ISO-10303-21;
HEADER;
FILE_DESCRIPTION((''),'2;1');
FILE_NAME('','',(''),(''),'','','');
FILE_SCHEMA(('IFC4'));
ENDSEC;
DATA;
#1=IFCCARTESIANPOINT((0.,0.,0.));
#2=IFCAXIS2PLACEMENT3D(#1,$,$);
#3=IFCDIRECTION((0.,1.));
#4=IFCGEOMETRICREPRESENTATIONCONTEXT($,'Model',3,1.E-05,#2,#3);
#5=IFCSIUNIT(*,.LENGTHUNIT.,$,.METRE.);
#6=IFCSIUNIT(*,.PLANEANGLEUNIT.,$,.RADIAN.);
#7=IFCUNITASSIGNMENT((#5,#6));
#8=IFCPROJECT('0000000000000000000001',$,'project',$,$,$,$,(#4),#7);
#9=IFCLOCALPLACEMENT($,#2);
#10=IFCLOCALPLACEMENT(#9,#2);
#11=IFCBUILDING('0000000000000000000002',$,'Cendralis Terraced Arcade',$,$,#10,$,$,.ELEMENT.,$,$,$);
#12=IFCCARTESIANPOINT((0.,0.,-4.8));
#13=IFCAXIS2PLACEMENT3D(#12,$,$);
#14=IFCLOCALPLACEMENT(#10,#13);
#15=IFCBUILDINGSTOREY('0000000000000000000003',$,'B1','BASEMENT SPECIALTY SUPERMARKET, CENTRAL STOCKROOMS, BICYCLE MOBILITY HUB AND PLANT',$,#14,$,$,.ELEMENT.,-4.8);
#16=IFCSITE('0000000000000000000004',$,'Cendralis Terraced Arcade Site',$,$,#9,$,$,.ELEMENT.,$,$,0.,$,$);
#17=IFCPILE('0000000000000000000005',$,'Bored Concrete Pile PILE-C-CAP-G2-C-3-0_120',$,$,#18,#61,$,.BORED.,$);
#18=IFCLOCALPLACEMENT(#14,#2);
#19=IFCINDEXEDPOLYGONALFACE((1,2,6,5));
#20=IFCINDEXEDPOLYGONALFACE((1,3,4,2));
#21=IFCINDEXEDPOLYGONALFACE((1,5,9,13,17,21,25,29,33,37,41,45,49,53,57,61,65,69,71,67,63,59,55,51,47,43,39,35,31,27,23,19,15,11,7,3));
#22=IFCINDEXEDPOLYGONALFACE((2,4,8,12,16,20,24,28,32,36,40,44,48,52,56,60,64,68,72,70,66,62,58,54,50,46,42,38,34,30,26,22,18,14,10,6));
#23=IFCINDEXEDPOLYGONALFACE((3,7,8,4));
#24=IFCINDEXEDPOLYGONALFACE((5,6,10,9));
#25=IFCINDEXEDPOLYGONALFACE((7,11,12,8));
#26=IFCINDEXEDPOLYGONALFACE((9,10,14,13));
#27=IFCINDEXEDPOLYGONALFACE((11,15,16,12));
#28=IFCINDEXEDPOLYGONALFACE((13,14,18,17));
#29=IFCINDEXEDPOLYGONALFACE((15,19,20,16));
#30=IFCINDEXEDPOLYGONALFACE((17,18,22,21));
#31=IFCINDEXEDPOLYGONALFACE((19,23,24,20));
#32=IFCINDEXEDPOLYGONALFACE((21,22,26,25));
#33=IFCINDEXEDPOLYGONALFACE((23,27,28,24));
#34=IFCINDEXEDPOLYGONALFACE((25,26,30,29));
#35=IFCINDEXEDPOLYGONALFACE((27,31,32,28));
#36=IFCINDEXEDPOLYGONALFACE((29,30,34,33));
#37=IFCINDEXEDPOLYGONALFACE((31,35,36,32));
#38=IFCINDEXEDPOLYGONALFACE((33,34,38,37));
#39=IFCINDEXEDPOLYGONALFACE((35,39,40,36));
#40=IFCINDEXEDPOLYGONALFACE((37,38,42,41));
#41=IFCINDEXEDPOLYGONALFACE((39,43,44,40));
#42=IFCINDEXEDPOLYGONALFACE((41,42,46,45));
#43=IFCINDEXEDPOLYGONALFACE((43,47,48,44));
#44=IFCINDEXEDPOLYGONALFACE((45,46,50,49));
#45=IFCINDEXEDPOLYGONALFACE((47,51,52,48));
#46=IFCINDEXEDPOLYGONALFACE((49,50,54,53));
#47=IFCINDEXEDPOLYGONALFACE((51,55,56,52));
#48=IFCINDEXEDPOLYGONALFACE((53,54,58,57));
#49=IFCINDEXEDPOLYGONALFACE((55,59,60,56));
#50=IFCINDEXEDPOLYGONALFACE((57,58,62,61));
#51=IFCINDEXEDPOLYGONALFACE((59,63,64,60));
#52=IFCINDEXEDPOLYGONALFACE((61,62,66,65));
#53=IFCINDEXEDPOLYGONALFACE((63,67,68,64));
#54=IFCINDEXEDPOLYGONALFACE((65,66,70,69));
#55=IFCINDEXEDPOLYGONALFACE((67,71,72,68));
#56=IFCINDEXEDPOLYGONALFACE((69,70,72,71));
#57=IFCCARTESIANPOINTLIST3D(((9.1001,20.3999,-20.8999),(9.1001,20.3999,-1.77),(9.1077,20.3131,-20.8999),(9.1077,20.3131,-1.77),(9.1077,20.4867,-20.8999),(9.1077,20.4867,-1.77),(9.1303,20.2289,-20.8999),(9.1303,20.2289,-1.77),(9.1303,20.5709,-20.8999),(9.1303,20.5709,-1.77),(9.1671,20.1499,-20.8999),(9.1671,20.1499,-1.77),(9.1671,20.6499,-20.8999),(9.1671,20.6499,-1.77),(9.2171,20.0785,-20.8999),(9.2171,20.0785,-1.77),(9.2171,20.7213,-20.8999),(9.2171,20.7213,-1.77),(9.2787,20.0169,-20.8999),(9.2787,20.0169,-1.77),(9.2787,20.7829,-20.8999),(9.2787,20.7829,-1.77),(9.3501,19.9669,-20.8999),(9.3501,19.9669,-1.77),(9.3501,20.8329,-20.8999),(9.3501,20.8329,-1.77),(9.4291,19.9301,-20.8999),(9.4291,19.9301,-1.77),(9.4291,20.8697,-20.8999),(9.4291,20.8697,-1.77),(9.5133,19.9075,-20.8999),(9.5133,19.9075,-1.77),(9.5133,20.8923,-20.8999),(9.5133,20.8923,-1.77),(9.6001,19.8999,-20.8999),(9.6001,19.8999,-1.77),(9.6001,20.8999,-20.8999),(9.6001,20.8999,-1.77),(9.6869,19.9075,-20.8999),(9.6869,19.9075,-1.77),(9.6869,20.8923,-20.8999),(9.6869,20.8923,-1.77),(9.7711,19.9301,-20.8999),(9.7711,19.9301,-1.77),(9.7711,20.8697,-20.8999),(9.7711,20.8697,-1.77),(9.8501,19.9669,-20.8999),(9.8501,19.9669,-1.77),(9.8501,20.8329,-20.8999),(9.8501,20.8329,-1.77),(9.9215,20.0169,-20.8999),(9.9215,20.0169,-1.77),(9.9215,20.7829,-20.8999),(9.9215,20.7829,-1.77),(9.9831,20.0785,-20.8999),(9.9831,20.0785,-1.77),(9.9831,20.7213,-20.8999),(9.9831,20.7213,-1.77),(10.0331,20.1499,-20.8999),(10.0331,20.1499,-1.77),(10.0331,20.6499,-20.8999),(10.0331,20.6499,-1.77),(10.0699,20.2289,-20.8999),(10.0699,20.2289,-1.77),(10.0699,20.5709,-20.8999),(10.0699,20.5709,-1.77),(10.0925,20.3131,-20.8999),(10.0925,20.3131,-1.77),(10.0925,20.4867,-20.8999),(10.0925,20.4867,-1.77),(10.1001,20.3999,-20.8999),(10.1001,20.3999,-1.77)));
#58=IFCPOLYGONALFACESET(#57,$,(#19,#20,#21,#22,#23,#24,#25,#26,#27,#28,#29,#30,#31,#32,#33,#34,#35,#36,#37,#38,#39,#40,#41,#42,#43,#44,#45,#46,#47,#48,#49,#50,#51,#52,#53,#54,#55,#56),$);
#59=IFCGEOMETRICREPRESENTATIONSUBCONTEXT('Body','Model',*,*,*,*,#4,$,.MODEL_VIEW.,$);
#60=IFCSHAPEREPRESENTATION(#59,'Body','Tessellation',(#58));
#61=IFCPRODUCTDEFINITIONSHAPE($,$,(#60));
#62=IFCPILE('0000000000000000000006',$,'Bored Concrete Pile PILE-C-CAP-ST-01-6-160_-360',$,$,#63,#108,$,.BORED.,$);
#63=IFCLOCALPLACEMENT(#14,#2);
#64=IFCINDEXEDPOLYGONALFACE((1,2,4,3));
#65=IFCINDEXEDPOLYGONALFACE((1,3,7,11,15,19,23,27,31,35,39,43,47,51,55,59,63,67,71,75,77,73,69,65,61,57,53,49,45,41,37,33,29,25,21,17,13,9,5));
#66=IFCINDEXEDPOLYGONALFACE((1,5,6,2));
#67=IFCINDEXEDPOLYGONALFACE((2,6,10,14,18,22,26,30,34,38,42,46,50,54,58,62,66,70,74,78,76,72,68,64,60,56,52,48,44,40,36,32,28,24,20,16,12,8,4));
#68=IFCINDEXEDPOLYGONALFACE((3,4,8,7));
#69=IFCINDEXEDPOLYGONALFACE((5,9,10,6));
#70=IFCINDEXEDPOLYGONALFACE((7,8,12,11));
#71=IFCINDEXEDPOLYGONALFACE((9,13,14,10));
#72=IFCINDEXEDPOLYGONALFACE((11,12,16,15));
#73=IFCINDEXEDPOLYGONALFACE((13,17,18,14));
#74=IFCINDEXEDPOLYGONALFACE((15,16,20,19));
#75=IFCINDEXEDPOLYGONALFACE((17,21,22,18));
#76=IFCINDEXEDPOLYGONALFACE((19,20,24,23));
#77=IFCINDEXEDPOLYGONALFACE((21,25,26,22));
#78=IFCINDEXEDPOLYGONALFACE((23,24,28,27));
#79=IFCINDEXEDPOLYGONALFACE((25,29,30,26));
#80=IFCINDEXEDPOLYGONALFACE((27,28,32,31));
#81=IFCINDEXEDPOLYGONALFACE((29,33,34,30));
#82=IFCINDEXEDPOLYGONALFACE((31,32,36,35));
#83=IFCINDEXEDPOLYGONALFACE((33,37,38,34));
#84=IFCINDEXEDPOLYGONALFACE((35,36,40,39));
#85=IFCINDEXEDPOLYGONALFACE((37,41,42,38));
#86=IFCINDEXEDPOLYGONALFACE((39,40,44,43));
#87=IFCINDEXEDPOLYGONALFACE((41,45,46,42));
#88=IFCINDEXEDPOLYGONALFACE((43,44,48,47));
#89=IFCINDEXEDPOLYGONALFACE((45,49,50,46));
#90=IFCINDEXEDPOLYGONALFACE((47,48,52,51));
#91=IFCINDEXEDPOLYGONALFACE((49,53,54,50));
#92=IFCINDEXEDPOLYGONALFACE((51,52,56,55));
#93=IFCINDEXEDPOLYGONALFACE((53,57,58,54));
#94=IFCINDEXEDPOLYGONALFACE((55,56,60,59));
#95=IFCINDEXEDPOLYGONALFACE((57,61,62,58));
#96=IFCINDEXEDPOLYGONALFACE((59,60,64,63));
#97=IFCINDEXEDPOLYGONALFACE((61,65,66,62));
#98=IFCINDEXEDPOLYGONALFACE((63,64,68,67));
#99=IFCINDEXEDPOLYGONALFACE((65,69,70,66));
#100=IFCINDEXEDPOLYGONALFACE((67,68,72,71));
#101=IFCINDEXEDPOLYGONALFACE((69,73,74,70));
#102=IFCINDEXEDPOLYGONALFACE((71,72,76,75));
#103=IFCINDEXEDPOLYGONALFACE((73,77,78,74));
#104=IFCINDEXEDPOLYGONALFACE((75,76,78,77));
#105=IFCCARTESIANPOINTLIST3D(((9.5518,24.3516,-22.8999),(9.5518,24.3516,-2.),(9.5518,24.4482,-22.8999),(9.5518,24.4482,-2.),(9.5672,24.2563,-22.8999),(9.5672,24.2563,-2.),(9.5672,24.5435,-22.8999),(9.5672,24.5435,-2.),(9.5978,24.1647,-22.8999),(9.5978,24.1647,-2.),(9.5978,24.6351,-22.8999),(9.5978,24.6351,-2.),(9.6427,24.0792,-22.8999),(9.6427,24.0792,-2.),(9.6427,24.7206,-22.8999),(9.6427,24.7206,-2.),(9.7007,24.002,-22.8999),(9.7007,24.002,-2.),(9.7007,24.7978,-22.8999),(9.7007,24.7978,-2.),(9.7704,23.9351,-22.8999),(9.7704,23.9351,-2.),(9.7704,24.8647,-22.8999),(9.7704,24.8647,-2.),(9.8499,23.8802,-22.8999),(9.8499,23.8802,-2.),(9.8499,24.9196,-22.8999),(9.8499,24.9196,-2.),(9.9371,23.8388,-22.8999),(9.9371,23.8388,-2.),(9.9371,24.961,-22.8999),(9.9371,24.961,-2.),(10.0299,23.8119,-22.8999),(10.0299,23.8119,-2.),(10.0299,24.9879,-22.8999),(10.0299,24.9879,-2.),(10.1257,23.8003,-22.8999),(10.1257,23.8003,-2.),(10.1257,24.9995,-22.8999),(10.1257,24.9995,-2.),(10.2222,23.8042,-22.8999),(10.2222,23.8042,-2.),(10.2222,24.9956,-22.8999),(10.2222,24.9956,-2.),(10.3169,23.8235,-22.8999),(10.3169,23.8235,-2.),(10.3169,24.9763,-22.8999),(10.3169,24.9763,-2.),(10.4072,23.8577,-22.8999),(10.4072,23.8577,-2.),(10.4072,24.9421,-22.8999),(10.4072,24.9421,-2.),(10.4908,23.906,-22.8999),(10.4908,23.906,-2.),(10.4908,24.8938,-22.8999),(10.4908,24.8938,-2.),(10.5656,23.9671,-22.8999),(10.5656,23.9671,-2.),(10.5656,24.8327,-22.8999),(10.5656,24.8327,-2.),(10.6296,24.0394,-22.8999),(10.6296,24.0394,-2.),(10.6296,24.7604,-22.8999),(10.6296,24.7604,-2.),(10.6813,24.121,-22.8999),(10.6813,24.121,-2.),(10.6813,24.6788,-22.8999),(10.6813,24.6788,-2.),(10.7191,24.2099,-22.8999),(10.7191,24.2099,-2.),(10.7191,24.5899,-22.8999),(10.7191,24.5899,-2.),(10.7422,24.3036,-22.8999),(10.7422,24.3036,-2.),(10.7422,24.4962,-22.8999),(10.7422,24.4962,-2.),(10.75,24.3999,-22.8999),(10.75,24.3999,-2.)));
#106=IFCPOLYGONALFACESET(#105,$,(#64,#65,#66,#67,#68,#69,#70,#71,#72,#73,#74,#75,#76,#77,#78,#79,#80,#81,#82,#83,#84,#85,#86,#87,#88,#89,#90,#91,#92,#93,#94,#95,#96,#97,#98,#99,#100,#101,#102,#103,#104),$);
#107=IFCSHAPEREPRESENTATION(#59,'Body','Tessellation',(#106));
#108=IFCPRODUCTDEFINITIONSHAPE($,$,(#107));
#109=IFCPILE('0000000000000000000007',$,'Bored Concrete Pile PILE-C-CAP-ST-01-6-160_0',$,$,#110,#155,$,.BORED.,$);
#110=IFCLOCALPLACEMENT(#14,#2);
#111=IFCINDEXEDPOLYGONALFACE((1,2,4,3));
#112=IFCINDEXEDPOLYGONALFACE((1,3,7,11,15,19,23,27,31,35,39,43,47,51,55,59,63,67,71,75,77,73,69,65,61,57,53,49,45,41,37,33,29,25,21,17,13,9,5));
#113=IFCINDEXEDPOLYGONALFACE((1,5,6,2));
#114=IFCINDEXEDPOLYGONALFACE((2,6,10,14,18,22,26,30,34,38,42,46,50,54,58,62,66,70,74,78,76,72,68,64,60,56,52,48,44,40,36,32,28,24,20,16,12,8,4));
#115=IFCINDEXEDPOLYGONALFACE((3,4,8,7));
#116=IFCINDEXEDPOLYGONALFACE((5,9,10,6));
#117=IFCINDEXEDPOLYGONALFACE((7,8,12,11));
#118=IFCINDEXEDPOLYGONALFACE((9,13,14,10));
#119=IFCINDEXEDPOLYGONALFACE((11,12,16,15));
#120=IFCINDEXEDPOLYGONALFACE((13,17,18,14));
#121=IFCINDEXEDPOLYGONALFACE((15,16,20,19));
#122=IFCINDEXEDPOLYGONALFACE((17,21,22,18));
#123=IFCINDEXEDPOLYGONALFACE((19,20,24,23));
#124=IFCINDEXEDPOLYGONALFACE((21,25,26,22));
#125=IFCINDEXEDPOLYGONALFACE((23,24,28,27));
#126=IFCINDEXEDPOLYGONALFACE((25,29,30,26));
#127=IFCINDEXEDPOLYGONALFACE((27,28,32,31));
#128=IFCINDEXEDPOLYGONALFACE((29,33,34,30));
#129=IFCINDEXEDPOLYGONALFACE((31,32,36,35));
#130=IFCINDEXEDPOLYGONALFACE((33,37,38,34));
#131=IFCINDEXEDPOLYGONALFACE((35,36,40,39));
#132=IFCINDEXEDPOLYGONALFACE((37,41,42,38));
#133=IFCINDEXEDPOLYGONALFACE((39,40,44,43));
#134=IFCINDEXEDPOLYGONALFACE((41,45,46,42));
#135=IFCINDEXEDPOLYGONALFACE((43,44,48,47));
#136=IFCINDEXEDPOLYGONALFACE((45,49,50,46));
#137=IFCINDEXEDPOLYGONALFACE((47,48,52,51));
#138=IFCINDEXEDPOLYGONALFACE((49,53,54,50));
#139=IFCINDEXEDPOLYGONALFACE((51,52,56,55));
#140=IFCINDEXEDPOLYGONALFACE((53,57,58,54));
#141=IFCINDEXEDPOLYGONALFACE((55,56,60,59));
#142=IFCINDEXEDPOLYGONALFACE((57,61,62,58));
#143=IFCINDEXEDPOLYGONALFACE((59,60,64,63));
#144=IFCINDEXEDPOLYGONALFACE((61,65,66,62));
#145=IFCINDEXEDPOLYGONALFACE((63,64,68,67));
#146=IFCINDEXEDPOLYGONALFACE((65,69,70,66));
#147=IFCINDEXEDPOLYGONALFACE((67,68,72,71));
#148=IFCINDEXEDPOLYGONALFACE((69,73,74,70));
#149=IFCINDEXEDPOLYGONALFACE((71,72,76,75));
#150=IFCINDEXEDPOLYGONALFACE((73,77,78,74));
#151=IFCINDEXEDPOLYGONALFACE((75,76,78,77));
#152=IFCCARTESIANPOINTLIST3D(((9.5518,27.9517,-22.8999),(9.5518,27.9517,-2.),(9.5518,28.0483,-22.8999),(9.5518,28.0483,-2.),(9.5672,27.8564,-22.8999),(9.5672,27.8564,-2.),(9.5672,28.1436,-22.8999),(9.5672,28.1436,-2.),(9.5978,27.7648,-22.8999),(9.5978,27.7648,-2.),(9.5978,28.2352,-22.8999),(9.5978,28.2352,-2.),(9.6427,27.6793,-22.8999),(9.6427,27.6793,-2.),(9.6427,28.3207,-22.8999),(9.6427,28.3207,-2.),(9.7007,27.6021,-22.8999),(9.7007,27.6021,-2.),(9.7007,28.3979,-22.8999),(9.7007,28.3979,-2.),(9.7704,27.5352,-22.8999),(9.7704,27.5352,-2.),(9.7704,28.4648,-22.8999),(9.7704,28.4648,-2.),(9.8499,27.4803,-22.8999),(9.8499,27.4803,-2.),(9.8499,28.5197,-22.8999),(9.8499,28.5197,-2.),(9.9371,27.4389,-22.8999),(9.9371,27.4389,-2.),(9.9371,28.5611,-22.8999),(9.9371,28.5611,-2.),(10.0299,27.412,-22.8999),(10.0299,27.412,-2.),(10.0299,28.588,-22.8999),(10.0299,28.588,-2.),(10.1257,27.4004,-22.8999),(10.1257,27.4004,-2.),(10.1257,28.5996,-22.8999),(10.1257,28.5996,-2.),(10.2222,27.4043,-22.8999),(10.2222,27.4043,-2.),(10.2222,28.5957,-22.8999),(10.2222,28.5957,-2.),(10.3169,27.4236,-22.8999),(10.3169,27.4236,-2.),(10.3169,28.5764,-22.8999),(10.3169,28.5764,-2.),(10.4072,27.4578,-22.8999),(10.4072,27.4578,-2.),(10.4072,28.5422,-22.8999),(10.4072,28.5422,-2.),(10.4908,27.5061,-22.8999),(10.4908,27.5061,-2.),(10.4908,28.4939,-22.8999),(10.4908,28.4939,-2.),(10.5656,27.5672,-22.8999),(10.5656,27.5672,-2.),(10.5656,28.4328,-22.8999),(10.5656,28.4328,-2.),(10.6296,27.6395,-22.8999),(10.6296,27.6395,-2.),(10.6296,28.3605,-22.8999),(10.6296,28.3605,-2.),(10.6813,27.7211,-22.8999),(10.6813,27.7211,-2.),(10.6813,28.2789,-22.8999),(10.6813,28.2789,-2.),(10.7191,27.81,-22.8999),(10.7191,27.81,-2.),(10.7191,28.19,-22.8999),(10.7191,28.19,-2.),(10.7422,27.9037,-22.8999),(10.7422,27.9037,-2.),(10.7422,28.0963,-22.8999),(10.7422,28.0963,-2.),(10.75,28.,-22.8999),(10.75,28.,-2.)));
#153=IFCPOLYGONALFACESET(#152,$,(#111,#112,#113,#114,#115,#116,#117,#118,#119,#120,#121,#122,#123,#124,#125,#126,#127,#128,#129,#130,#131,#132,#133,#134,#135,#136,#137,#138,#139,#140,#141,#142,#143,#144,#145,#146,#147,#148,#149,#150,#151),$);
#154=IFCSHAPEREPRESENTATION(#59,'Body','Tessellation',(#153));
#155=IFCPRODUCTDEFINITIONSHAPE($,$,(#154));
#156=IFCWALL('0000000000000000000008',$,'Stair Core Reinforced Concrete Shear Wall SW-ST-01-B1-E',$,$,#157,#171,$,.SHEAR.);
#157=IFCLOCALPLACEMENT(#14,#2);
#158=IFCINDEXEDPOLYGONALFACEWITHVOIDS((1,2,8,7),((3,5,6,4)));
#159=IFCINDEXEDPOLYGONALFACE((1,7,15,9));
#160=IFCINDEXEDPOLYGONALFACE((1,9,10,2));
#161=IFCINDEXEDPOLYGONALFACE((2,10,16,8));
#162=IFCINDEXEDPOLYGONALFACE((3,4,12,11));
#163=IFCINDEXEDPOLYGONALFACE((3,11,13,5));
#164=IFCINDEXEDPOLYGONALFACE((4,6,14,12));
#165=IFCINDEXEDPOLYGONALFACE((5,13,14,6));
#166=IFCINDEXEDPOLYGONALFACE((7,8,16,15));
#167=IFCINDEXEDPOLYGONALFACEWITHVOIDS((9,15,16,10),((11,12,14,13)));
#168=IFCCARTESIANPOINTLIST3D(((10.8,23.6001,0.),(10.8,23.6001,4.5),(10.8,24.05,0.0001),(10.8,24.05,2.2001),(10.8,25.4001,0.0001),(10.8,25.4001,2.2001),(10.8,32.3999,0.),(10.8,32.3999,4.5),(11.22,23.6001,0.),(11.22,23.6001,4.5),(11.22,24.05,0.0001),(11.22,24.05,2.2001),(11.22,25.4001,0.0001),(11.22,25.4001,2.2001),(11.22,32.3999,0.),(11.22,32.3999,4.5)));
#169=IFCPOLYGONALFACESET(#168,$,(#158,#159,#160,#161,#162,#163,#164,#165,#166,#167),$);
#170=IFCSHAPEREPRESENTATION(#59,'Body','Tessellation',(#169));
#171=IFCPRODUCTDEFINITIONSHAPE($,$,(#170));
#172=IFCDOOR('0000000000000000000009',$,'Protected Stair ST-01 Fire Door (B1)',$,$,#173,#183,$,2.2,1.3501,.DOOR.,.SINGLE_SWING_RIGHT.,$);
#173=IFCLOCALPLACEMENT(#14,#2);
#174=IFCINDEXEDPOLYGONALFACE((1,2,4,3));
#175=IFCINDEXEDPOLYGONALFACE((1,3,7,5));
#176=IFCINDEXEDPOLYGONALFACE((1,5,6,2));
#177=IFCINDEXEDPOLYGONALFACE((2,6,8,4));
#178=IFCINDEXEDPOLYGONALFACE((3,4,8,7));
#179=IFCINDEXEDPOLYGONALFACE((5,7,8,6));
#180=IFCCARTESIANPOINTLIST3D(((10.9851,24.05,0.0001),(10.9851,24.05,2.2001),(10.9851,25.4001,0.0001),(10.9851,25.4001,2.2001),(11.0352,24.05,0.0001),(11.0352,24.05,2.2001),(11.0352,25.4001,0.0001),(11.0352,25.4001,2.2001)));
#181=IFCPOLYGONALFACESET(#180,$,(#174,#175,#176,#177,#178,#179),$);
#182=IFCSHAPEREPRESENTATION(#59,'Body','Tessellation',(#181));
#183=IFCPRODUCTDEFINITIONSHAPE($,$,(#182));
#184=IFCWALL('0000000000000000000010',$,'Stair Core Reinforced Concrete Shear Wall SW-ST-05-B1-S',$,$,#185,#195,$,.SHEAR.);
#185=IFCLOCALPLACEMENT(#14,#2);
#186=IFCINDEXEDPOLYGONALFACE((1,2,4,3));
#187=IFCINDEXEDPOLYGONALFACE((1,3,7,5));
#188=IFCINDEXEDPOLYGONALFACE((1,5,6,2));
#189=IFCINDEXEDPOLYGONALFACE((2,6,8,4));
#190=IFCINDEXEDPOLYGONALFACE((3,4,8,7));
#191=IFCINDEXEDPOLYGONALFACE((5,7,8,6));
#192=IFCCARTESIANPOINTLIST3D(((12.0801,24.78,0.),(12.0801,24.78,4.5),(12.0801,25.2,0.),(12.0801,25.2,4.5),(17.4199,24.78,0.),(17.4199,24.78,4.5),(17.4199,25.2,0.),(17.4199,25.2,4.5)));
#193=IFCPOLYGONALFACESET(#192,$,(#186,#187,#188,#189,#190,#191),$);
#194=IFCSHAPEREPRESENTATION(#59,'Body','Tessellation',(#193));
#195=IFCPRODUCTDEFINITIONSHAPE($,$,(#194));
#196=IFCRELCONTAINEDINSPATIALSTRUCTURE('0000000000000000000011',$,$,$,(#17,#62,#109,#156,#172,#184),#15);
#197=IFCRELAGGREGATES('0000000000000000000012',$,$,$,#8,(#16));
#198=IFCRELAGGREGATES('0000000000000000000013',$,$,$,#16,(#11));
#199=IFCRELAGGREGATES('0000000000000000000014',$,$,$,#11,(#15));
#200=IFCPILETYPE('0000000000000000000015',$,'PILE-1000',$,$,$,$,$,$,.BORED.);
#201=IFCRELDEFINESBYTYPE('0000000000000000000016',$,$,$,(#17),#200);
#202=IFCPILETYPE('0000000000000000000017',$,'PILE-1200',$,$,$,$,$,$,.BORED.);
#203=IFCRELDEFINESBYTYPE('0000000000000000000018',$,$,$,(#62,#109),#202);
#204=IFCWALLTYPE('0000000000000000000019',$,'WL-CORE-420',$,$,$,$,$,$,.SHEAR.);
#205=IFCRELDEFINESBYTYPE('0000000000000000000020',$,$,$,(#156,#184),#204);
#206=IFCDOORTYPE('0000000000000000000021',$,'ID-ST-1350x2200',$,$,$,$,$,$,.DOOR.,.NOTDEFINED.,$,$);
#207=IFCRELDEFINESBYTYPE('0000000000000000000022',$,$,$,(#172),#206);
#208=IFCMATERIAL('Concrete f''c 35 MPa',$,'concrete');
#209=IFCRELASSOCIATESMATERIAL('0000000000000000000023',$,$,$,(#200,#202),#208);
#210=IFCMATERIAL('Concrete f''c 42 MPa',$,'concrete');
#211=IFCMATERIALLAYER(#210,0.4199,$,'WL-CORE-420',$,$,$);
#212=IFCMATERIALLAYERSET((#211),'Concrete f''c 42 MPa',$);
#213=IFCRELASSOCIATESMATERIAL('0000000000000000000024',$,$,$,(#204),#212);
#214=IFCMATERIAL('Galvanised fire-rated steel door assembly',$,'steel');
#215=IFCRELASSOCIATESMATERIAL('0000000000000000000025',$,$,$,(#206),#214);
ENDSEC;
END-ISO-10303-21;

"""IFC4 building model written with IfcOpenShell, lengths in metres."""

from ifc_helpers import new_model, si_unit, direction, frame, frame_2d, origin, origin_2d, place, context, subcontext, project, spatial, rectangle, circle, extrude, material, layer, layer_set, material_profile, profile_set, type_object, element, fill, save


model = new_model("IFC4")

# Units and contexts
model_context = context("Model", 3, precision=1e-05, world=origin(), true_north=direction((0.0, 1.0)))
body_context = subcontext(model_context, "Body", "Model", "MODEL_VIEW")
ifc_project = project(units=[si_unit("LENGTHUNIT", "METRE"), si_unit("PLANEANGLEUNIT", "RADIAN")], contexts=[model_context])

# Site, building, storey
site_placement = place(None, origin())
site = spatial("IfcSite", under=ifc_project, at=site_placement, Name="Cendralis Terraced Arcade Site", CompositionType="ELEMENT", RefElevation=0.0)
building_placement = place(site_placement, origin())
building = spatial("IfcBuilding", under=site, at=building_placement, Name="Cendralis Terraced Arcade", CompositionType="ELEMENT")
storey_placement = place(building_placement, frame((0.0, 0.0, -4.8)))
storey = spatial("IfcBuildingStorey", under=building, at=storey_placement, Name="B1", Description="BASEMENT SPECIALTY SUPERMARKET, CENTRAL STOCKROOMS, BICYCLE MOBILITY HUB AND PLANT", CompositionType="ELEMENT", Elevation=-4.8)

# Piles
ifc_material_1 = material(Name="Concrete f'c 35 MPa", Category="concrete")
ifc_material_profile_1 = material_profile(ifc_material_1, circle(Radius=0.5, at=origin_2d()), Name="PILE-D1000", Category="LoadBearing")
ifc_profile_set_1 = profile_set([ifc_material_profile_1], Name="Concrete f'c 35 MPa")
pile_type_1 = type_object("IfcPileType", Name="PILE-1000", PredefinedType="BORED", material=ifc_profile_set_1)
pile_placement = place(storey_placement, frame((9.6001, 20.3999, -1.77), z_axis=(0.0, 0.0, -1.0), x_axis=(1.0, 0.0, 0.0)))
element("IfcPile", 1, at=pile_placement, inside=storey, type_object=pile_type_1, Name="Bored Concrete Pile PILE-C-CAP-G2-C-3-0_120", PredefinedType="BORED", context=body_context, shape_type="SweptSolid", body=[
    extrude(circle(Radius=0.5, at=origin_2d()), origin(), (0.0, 0.0, 1.0), 19.1299),
])
ifc_material_profile_2 = material_profile(ifc_material_1, circle(Radius=0.6001, at=origin_2d()), Name="PILE-D1200", Category="LoadBearing")
ifc_profile_set_2 = profile_set([ifc_material_profile_2], Name="Concrete f'c 35 MPa")
pile_type_2 = type_object("IfcPileType", Name="PILE-1200", PredefinedType="BORED", material=ifc_profile_set_2)
for number, where, z_axis, x_axis, name in (
    (2, (10.1499, 24.3999, -2.0), (0.0, 0.0, -1.0), (1.0, 0.0, 0.0), "Bored Concrete Pile PILE-C-CAP-ST-01-6-160_-360"),
    (3, (10.1499, 28.0, -2.0), (0.0, 0.0, -1.0), (1.0, 0.0, 0.0), "Bored Concrete Pile PILE-C-CAP-ST-01-6-160_0"),
):
    element("IfcPile", number, at=place(storey_placement, frame(where, z_axis=z_axis, x_axis=x_axis)), inside=storey, type_object=pile_type_2, Name=name, PredefinedType="BORED", context=body_context, shape_type="SweptSolid", body=[
        extrude(circle(Radius=0.6001, at=origin_2d()), origin(), (0.0, 0.0, 1.0), 20.8999),
    ])

# Wall, opening, door
ifc_material_2 = material(Name="Concrete f'c 42 MPa", Category="concrete")
ifc_layer_1 = layer(ifc_material_2, 0.4199, Name="WL-CORE-420")
ifc_layer_set_1 = layer_set([ifc_layer_1], Name="Concrete f'c 42 MPa")
wall_type_1 = type_object("IfcWallType", Name="WL-CORE-420", PredefinedType="SHEAR", material=ifc_layer_set_1)
wall_1_placement = place(storey_placement, frame((11.01, 23.6001, 0.0), z_axis=(0.0, 0.0, 1.0), x_axis=(0.0, 1.0, 0.0)))
wall_1 = element("IfcWall", 4, at=wall_1_placement, inside=storey, type_object=wall_type_1, Name="Stair Core Reinforced Concrete Shear Wall SW-ST-01-B1-E", PredefinedType="SHEAR", context=body_context, shape_type="SweptSolid", body=[
    extrude(rectangle(XDim=8.7998, YDim=0.4199, at=frame_2d((4.3999, 0.0))), origin(), (0.0, 0.0, 1.0), 4.5),
])
opening_1_placement = place(wall_1_placement, frame((0.45, 0.0, 0.0)))
opening_1 = element("IfcOpeningElement", 5, at=opening_1_placement, cuts=wall_1, PredefinedType="OPENING", context=body_context, shape_type="SweptSolid", body=[
    extrude(rectangle(XDim=1.3501, YDim=2.2, at=frame_2d((0.675, 1.1001))), frame((0.0, 0.2219, 0.0), z_axis=(0.0, -1.0, 0.0), x_axis=(1.0, 0.0, 0.0)), (0.0, 0.0, 1.0), 0.4438),
])
ifc_material_3 = material(Name="Galvanised fire-rated steel door assembly", Category="steel")
door_type_1 = type_object("IfcDoorType", Name="ID-ST-1350x2200", OperationType="NOTDEFINED", PredefinedType="DOOR", material=ifc_material_3)
door_1_placement = place(opening_1_placement, origin())
door_1 = element("IfcDoor", 6, at=door_1_placement, inside=storey, type_object=door_type_1, Name="Protected Stair ST-01 Fire Door (B1)", OperationType="SINGLE_SWING_RIGHT", OverallHeight=2.2, OverallWidth=1.3501, PredefinedType="DOOR", context=body_context, shape_type="SweptSolid", body=[
    extrude(rectangle(XDim=1.3501, YDim=2.2, at=frame_2d((0.675, 1.1001))), frame((0.0, 0.0249, 0.0), z_axis=(0.0, -1.0, 0.0), x_axis=(1.0, 0.0, 0.0)), (0.0, 0.0, 1.0), 0.05),
])
fill(opening_1, door_1)

# Wall
wall_2_placement = place(storey_placement, frame((12.0801, 24.99, 0.0), z_axis=(0.0, 0.0, 1.0), x_axis=(1.0, 0.0, 0.0)))
element("IfcWall", 7, at=wall_2_placement, inside=storey, type_object=wall_type_1, Name="Stair Core Reinforced Concrete Shear Wall SW-ST-05-B1-S", PredefinedType="SHEAR", context=body_context, shape_type="SweptSolid", body=[
    extrude(rectangle(XDim=5.3398, YDim=0.4199, at=frame_2d((2.6699, 0.0))), origin(), (0.0, 0.0, 1.0), 4.5),
])

save(model, "model.ifc")
